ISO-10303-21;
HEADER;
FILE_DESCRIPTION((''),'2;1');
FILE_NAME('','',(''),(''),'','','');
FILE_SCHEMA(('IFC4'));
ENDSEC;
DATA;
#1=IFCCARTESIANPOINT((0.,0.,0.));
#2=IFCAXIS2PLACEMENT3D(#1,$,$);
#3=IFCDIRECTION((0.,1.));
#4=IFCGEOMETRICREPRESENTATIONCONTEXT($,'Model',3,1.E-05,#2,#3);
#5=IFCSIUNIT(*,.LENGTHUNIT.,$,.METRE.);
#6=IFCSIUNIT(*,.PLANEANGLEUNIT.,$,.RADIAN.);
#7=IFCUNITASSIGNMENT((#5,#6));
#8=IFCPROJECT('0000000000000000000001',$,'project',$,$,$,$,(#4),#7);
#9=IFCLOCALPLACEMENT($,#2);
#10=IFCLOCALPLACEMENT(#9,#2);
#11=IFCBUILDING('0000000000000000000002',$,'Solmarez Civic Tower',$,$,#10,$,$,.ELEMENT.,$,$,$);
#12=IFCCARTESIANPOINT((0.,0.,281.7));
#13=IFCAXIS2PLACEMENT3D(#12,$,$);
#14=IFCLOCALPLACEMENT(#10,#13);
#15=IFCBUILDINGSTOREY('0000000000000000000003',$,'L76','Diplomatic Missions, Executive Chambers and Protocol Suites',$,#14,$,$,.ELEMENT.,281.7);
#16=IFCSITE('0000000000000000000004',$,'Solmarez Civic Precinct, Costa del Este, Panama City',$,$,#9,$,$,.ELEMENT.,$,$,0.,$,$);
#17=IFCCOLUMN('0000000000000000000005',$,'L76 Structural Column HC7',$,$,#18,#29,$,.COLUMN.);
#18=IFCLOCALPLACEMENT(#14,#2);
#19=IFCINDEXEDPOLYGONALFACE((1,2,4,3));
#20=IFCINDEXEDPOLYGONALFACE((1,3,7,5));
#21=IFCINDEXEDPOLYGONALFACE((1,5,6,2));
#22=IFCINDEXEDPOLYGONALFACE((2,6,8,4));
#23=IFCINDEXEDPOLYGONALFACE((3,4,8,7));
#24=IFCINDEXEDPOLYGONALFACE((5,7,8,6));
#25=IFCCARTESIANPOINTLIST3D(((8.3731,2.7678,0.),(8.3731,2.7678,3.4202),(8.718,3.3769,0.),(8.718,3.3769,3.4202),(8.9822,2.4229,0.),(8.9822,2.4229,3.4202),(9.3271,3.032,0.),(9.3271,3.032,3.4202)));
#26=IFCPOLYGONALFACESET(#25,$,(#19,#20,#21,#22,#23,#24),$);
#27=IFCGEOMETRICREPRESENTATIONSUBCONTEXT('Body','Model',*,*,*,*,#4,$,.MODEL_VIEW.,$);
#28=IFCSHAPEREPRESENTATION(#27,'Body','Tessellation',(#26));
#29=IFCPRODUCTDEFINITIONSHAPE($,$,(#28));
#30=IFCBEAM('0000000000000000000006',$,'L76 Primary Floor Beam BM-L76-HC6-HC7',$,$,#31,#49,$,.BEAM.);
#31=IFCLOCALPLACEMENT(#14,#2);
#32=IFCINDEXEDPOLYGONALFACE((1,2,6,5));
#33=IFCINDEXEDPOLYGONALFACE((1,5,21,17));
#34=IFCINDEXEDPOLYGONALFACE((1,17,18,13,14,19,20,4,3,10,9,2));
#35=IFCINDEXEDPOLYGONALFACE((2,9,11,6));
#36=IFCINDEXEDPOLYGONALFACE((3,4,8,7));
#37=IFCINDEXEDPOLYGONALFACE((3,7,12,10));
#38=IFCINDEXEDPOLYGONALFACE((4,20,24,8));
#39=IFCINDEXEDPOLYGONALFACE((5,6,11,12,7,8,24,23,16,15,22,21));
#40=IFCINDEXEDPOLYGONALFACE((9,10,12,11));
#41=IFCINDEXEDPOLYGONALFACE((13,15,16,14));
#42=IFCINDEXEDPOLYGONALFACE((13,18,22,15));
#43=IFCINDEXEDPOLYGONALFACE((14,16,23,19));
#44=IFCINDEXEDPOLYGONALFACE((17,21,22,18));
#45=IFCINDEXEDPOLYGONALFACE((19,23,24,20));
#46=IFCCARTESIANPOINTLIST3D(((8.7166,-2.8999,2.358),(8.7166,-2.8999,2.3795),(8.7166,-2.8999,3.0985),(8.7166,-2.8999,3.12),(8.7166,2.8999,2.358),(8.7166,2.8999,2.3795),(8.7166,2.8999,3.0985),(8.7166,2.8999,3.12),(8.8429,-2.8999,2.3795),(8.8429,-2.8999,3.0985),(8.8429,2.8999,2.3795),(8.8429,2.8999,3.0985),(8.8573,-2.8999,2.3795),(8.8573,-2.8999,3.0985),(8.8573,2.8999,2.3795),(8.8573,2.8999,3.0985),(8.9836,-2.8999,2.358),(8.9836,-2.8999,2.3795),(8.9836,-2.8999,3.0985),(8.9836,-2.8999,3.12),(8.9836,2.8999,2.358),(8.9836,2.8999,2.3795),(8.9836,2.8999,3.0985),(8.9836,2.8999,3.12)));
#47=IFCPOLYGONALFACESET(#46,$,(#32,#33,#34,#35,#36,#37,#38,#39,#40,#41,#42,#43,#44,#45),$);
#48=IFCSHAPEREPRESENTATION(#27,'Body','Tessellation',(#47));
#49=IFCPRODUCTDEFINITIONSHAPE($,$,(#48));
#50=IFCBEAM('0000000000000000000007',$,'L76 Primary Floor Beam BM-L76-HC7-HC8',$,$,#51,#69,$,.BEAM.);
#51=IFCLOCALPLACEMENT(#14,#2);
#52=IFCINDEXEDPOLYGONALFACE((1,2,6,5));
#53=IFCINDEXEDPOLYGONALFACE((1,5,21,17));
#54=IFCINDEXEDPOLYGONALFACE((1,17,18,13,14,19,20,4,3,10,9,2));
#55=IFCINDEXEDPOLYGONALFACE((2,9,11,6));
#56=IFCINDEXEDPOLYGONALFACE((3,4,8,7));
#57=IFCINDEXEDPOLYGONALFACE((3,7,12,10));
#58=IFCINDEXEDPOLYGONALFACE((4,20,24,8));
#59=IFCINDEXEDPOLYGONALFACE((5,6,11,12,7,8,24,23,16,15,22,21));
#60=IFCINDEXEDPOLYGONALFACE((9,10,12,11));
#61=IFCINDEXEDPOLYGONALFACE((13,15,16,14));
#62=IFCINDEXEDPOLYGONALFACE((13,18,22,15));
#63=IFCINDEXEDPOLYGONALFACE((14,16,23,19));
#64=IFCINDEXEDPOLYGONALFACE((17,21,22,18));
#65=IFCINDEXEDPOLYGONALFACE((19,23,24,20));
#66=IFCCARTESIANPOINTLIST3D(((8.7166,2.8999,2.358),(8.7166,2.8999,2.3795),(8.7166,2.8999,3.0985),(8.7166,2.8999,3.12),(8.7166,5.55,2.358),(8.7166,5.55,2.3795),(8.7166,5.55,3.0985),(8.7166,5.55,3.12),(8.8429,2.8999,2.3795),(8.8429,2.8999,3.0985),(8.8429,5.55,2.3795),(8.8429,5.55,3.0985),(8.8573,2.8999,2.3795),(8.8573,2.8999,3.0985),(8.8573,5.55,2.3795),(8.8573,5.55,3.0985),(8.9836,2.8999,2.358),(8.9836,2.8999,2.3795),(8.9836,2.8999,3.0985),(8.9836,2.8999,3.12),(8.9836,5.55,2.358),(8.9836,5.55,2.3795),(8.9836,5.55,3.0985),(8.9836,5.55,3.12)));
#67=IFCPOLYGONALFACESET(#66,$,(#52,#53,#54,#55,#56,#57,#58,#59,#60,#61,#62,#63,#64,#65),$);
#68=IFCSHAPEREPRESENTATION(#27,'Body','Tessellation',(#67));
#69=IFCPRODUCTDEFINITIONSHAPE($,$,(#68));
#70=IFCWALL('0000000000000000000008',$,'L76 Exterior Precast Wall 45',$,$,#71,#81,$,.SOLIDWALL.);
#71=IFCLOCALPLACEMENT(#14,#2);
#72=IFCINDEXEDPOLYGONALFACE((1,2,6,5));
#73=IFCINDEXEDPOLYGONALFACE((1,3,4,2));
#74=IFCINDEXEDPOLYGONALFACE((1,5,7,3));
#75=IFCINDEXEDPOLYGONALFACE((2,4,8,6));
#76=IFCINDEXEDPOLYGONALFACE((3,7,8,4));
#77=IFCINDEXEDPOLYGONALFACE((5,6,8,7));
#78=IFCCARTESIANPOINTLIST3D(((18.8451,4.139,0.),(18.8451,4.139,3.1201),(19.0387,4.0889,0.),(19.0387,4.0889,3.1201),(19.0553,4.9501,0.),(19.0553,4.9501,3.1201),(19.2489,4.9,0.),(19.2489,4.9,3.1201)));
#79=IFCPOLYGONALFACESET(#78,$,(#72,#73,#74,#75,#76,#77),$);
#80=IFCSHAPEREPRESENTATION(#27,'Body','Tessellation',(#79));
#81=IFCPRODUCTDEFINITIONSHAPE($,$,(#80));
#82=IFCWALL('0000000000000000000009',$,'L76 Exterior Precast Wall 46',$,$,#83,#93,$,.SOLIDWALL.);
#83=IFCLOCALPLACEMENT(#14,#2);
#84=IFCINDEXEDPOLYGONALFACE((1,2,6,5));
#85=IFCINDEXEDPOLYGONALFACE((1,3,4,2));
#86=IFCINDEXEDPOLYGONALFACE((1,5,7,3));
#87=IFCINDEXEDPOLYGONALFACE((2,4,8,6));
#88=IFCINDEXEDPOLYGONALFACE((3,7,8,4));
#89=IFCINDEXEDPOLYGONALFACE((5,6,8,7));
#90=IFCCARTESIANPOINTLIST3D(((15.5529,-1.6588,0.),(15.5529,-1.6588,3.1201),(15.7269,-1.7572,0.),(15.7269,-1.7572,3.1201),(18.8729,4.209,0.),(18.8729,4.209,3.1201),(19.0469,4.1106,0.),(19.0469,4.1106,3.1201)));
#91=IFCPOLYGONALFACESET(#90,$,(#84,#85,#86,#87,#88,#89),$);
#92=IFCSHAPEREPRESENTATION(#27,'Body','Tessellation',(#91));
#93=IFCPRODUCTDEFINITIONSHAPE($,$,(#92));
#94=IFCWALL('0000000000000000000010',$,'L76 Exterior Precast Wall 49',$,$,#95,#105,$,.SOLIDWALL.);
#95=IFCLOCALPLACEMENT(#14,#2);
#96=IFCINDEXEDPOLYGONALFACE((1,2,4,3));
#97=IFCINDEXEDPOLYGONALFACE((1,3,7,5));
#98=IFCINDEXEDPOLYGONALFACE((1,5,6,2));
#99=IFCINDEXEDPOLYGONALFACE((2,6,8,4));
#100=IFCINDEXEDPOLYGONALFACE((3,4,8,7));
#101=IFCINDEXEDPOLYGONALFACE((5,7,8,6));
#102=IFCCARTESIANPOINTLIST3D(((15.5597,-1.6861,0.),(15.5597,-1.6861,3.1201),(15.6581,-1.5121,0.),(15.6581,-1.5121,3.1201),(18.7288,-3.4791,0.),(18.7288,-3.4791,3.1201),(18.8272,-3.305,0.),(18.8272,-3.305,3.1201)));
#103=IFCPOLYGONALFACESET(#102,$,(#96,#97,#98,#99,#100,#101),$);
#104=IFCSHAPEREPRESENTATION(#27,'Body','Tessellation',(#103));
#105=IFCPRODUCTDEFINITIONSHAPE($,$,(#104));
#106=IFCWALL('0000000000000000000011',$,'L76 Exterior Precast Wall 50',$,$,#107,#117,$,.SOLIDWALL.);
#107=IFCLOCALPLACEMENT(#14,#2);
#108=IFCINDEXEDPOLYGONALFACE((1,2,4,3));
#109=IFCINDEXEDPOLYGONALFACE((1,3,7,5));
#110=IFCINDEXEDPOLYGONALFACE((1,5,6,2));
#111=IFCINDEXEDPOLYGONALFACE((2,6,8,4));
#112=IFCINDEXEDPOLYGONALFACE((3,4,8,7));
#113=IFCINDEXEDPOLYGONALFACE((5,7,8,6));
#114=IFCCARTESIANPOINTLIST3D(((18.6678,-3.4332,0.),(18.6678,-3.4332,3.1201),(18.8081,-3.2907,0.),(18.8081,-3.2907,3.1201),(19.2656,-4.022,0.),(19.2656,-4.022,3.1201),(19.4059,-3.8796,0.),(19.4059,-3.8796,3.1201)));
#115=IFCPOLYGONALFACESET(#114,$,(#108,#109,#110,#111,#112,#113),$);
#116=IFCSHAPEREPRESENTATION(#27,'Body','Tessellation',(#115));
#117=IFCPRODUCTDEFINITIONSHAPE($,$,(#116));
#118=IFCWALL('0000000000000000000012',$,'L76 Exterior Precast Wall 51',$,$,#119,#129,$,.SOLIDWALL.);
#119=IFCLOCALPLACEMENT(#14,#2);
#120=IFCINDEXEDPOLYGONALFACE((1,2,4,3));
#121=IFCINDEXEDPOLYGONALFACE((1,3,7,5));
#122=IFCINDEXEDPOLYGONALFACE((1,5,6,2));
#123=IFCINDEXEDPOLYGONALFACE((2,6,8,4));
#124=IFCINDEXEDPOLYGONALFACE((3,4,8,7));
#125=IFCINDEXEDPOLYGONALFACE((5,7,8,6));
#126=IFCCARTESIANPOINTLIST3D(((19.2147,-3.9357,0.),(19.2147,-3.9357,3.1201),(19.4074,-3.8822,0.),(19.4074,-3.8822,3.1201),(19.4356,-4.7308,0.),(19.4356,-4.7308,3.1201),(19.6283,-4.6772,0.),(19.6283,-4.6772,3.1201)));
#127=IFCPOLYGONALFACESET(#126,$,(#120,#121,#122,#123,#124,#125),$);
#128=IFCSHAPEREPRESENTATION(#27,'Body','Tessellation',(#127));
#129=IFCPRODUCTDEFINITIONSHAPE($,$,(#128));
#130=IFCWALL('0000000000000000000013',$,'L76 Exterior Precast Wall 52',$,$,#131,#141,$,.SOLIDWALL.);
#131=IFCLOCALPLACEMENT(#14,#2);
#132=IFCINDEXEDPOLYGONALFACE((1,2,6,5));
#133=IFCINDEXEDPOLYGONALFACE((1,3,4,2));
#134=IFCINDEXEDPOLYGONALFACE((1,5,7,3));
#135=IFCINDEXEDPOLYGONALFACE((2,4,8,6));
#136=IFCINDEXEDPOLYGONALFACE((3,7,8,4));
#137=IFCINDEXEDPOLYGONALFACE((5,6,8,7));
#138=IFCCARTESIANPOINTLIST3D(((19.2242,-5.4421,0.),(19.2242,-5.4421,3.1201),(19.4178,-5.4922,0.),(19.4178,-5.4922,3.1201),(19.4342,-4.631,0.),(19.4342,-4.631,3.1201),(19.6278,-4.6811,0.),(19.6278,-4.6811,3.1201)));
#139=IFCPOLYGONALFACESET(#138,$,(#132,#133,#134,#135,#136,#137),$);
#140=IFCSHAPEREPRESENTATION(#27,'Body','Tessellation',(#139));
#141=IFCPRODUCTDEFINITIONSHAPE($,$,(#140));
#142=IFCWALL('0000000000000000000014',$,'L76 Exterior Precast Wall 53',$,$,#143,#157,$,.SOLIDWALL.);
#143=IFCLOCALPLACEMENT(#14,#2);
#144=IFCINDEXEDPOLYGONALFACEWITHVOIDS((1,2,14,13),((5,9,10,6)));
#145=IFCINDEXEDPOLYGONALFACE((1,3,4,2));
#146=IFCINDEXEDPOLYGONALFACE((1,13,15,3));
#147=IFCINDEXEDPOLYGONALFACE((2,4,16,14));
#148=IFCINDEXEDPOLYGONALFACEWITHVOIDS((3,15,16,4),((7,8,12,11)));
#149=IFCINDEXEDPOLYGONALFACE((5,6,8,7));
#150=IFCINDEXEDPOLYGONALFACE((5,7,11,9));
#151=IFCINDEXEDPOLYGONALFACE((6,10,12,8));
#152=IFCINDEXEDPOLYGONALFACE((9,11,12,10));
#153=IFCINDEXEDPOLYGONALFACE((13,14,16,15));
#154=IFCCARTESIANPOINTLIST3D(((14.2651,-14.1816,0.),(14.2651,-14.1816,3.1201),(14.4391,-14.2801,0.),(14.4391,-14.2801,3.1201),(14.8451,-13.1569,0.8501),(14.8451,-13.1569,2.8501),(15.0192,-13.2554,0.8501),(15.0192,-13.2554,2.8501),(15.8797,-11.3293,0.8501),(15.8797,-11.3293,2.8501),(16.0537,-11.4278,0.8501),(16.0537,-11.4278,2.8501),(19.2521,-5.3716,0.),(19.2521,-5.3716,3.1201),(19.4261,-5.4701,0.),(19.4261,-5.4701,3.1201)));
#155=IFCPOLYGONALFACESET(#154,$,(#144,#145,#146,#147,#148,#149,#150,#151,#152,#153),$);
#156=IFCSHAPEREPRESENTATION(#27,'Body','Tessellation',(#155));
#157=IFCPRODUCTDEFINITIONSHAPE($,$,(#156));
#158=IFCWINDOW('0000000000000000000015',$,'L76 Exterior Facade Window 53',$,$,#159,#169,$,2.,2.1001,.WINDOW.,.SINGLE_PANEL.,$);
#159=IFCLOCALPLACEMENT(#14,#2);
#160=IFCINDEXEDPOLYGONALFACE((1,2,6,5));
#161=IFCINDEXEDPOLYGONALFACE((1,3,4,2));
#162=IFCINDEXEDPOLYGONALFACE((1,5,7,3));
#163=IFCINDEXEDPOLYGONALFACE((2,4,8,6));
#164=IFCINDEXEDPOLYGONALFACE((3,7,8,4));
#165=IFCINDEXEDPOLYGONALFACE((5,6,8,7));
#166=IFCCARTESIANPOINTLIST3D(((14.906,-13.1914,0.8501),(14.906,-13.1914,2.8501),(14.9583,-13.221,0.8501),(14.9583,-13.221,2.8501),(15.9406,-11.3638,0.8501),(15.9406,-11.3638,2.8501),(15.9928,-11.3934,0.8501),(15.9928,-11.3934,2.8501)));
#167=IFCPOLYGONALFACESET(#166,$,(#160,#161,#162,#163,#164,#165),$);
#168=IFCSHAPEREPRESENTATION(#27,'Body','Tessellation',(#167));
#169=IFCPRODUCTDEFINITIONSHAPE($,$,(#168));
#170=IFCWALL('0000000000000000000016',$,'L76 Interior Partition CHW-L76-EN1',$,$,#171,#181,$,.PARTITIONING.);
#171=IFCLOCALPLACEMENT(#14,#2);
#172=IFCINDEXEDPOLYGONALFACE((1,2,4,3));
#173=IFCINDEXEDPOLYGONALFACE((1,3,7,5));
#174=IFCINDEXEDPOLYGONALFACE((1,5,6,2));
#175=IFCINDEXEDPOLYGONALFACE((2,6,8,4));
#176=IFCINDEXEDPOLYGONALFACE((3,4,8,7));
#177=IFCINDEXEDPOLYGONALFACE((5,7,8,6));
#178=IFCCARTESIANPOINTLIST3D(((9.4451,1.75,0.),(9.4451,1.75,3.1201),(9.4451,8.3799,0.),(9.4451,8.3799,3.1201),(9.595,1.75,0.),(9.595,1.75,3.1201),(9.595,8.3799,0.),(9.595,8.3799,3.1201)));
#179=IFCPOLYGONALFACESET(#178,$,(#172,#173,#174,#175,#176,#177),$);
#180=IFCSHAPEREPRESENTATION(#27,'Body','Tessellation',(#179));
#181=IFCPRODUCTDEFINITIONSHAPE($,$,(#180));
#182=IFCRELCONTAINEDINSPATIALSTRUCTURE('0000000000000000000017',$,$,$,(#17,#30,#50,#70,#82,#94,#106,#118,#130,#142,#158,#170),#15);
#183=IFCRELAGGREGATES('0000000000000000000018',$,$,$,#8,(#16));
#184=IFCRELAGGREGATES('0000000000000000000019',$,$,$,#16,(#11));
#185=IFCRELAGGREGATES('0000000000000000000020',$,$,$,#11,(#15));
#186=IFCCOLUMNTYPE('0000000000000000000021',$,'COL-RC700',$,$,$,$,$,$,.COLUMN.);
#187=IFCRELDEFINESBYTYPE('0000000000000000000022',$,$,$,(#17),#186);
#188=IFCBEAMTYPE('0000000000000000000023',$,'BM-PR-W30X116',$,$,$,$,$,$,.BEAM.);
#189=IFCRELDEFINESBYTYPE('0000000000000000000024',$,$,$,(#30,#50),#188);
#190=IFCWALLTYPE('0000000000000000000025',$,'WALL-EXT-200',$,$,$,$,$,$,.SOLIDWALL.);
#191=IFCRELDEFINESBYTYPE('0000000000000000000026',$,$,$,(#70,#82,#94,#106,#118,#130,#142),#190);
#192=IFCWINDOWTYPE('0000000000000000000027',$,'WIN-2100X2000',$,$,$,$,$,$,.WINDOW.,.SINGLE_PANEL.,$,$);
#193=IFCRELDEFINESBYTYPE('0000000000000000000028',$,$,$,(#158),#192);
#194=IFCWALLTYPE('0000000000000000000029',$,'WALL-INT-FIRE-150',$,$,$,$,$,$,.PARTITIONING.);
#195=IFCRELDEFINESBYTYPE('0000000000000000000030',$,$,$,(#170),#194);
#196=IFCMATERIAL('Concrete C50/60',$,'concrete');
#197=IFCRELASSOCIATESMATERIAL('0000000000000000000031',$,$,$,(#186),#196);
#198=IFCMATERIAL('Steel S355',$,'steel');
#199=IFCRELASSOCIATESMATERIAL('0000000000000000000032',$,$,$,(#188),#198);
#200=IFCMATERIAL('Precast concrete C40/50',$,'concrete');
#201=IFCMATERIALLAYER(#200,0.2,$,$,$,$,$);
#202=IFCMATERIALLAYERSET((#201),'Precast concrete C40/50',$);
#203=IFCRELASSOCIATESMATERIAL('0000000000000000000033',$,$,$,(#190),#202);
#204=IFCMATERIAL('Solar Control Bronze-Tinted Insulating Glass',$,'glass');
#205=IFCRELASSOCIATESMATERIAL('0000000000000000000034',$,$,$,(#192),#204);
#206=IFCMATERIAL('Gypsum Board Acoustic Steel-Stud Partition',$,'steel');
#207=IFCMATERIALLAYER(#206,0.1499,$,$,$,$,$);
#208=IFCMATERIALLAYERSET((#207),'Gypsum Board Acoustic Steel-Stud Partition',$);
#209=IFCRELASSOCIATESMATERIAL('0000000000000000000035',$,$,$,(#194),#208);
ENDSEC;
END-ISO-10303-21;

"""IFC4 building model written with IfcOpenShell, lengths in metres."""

from ifc_helpers import new_model, si_unit, direction, frame, frame_2d, origin, origin_2d, place, context, subcontext, project, spatial, rectangle, i_section, extrude, material, layer, layer_set, material_profile, profile_set, type_object, element, fill, save


model = new_model("IFC4")

# Units and contexts
model_context = context("Model", 3, precision=1e-05, world=origin(), true_north=direction((0.0, 1.0)))
body_context = subcontext(model_context, "Body", "Model", "MODEL_VIEW")
ifc_project = project(units=[si_unit("LENGTHUNIT", "METRE"), si_unit("PLANEANGLEUNIT", "RADIAN")], contexts=[model_context])

# Site, building, storey
site_placement = place(None, origin())
site = spatial("IfcSite", under=ifc_project, at=site_placement, Name="Solmarez Civic Precinct, Costa del Este, Panama City", CompositionType="ELEMENT", RefElevation=0.0)
building_placement = place(site_placement, origin())
building = spatial("IfcBuilding", under=site, at=building_placement, Name="Solmarez Civic Tower", CompositionType="ELEMENT")
storey_placement = place(building_placement, frame((0.0, 0.0, 281.7)))
storey = spatial("IfcBuildingStorey", under=building, at=storey_placement, Name="L76", Description="Diplomatic Missions, Executive Chambers and Protocol Suites", CompositionType="ELEMENT", Elevation=281.7)

# Column
ifc_material_1 = material(Name="Concrete C50/60", Category="concrete")
ifc_material_profile_1 = material_profile(ifc_material_1, rectangle(XDim=0.7, YDim=0.7, at=origin_2d()), Name="RC700X700")
ifc_profile_set_1 = profile_set([ifc_material_profile_1], Name="Concrete C50/60")
column_type = type_object("IfcColumnType", Name="COL-RC700", PredefinedType="COLUMN", material=ifc_profile_set_1)
column_placement = place(storey_placement, frame((8.8501, 2.8999, 0.0), z_axis=(0.0, 0.0, 1.0), x_axis=(0.492727, 0.870184, 0.0)))
element("IfcColumn", 1, at=column_placement, inside=storey, type_object=column_type, Name="L76 Structural Column HC7", PredefinedType="COLUMN", context=body_context, shape_type="SweptSolid", body=[
    extrude(rectangle(XDim=0.7, YDim=0.7, at=origin_2d()), origin(), (0.0, 0.0, 1.0), 3.4202),
])

# Beams
ifc_material_2 = material(Name="Steel S355", Category="steel")
ifc_material_profile_2 = material_profile(ifc_material_2, i_section(OverallWidth=0.2671, OverallDepth=0.762, WebThickness=0.0144, FlangeThickness=0.0215, at=origin_2d()), Name="W30X116")
ifc_profile_set_2 = profile_set([ifc_material_profile_2], Name="Steel S355")
beam_type = type_object("IfcBeamType", Name="BM-PR-W30X116", PredefinedType="BEAM", material=ifc_profile_set_2)
beam_1_placement = place(storey_placement, frame((8.8501, -2.8999, 2.739), z_axis=(0.0, 1.0, 0.0), x_axis=(-1.0, 0.0, 0.0)))
element("IfcBeam", 2, at=beam_1_placement, inside=storey, type_object=beam_type, Name="L76 Primary Floor Beam BM-L76-HC6-HC7", PredefinedType="BEAM", context=body_context, shape_type="SweptSolid", body=[
    extrude(i_section(OverallWidth=0.2671, OverallDepth=0.762, WebThickness=0.0144, FlangeThickness=0.0215, at=origin_2d()), origin(), (0.0, 0.0, 1.0), 5.7998),
])
beam_2_placement = place(storey_placement, frame((8.8501, 2.8999, 2.739), z_axis=(0.0, 1.0, 0.0), x_axis=(-1.0, 0.0, 0.0)))
element("IfcBeam", 3, at=beam_2_placement, inside=storey, type_object=beam_type, Name="L76 Primary Floor Beam BM-L76-HC7-HC8", PredefinedType="BEAM", context=body_context, shape_type="SweptSolid", body=[
    extrude(i_section(OverallWidth=0.2671, OverallDepth=0.762, WebThickness=0.0144, FlangeThickness=0.0215, at=origin_2d()), origin(), (0.0, 0.0, 1.0), 2.6501),
])

# Walls
ifc_material_3 = material(Name="Precast concrete C40/50", Category="concrete")
ifc_layer_1 = layer(ifc_material_3, 0.2)
ifc_layer_set_1 = layer_set([ifc_layer_1], Name="Precast concrete C40/50")
wall_type_1 = type_object("IfcWallType", Name="WALL-EXT-200", PredefinedType="SOLIDWALL", material=ifc_layer_set_1)
wall_1_placement = place(storey_placement, frame((19.1521, 4.925, 0.0), z_axis=(0.0, 0.0, 1.0), x_axis=(-0.250891, -0.968015, 0.0)))
element("IfcWall", 4, at=wall_1_placement, inside=storey, type_object=wall_type_1, Name="L76 Exterior Precast Wall 45", PredefinedType="SOLIDWALL", context=body_context, shape_type="SweptSolid", body=[
    extrude(rectangle(XDim=0.8379, YDim=0.2, at=frame_2d((0.4189, 0.0))), origin(), (0.0, 0.0, 1.0), 3.1201),
])
wall_2_placement = place(storey_placement, frame((18.96, 4.1599, 0.0), z_axis=(0.0, 0.0, 1.0), x_axis=(-0.492441, -0.870346, 0.0)))
element("IfcWall", 5, at=wall_2_placement, inside=storey, type_object=wall_type_1, Name="L76 Exterior Precast Wall 46", PredefinedType="SOLIDWALL", context=body_context, shape_type="SweptSolid", body=[
    extrude(rectangle(XDim=6.7419, YDim=0.2, at=frame_2d((3.3711, 0.0))), origin(), (0.0, 0.0, 1.0), 3.1201),
])
wall_3_placement = place(storey_placement, frame((15.6089, -1.5991, 0.0), z_axis=(0.0, 0.0, 1.0), x_axis=(0.870364, -0.492409, 0.0)))
element("IfcWall", 6, at=wall_3_placement, inside=storey, type_object=wall_type_1, Name="L76 Exterior Precast Wall 49", PredefinedType="SOLIDWALL", context=body_context, shape_type="SweptSolid", body=[
    extrude(rectangle(XDim=3.6411, YDim=0.2, at=frame_2d((1.8206, 0.0))), origin(), (0.0, 0.0, 1.0), 3.1201),
])
wall_4_placement = place(storey_placement, frame((18.738, -3.3621, 0.0), z_axis=(0.0, 0.0, 1.0), x_axis=(0.712468, -0.701704, 0.0)))
element("IfcWall", 7, at=wall_4_placement, inside=storey, type_object=wall_type_1, Name="L76 Exterior Precast Wall 50", PredefinedType="SOLIDWALL", context=body_context, shape_type="SweptSolid", body=[
    extrude(rectangle(XDim=0.8391, YDim=0.2, at=frame_2d((0.4194, 0.0))), origin(), (0.0, 0.0, 1.0), 3.1201),
])
wall_5_placement = place(storey_placement, frame((19.311, -3.9089, 0.0), z_axis=(0.0, 0.0, 1.0), x_axis=(0.26772, -0.963497, 0.0)))
element("IfcWall", 8, at=wall_5_placement, inside=storey, type_object=wall_type_1, Name="L76 Exterior Precast Wall 51", PredefinedType="SOLIDWALL", context=body_context, shape_type="SweptSolid", body=[
    extrude(rectangle(XDim=0.8252, YDim=0.2, at=frame_2d((0.4126, 0.0))), origin(), (0.0, 0.0, 1.0), 3.1201),
])
wall_6_placement = place(storey_placement, frame((19.531, -4.656, 0.0), z_axis=(0.0, 0.0, 1.0), x_axis=(-0.250618, -0.968086, 0.0)))
element("IfcWall", 9, at=wall_6_placement, inside=storey, type_object=wall_type_1, Name="L76 Exterior Precast Wall 52", PredefinedType="SOLIDWALL", context=body_context, shape_type="SweptSolid", body=[
    extrude(rectangle(XDim=0.8379, YDim=0.2, at=frame_2d((0.4189, 0.0))), origin(), (0.0, 0.0, 1.0), 3.1201),
])

# Wall, opening, window
wall_7_placement = place(storey_placement, frame((19.3391, -5.4209, 0.0), z_axis=(0.0, 0.0, 1.0), x_axis=(-0.492616, -0.870247, 0.0)))
wall_7 = element("IfcWall", 10, at=wall_7_placement, inside=storey, type_object=wall_type_1, Name="L76 Exterior Precast Wall 53", PredefinedType="SOLIDWALL", context=body_context, shape_type="SweptSolid", body=[
    extrude(rectangle(XDim=10.1235, YDim=0.2, at=frame_2d((5.0618, 0.0))), origin(), (0.0, 0.0, 1.0), 3.1201),
])
opening_1_placement = place(wall_7_placement, frame((6.8459, 0.0, 0.8501)))
opening_1 = element("IfcOpeningElement", 11, at=opening_1_placement, cuts=wall_7, PredefinedType="OPENING", context=body_context, shape_type="SweptSolid", body=[
    extrude(rectangle(XDim=2.1001, YDim=2.0, at=frame_2d((1.05, 1.0))), frame((0.0, 0.1099, 0.0), z_axis=(0.0, -1.0, 0.0), x_axis=(1.0, 0.0, 0.0)), (0.0, 0.0, 1.0), 0.22),
])
ifc_material_4 = material(Name="Solar Control Bronze-Tinted Insulating Glass", Category="glass")
window_type = type_object("IfcWindowType", Name="WIN-2100X2000", PartitioningType="SINGLE_PANEL", PredefinedType="WINDOW", material=ifc_material_4)
window_placement = place(opening_1_placement, origin())
window = element("IfcWindow", 12, at=window_placement, inside=storey, type_object=window_type, Name="L76 Exterior Facade Window 53", OverallHeight=2.0, OverallWidth=2.1001, PartitioningType="SINGLE_PANEL", PredefinedType="WINDOW", context=body_context, shape_type="SweptSolid", body=[
    extrude(rectangle(XDim=2.1001, YDim=2.0, at=frame_2d((1.05, 1.0))), frame((0.0, 0.03, 0.0), z_axis=(0.0, -1.0, 0.0), x_axis=(1.0, 0.0, 0.0)), (0.0, 0.0, 1.0), 0.0601),
])
fill(opening_1, window)

# Wall
ifc_material_5 = material(Name="Gypsum Board Acoustic Steel-Stud Partition", Category="steel")
ifc_layer_2 = layer(ifc_material_5, 0.1499)
ifc_layer_set_2 = layer_set([ifc_layer_2], Name="Gypsum Board Acoustic Steel-Stud Partition")
wall_type_2 = type_object("IfcWallType", Name="WALL-INT-FIRE-150", PredefinedType="PARTITIONING", material=ifc_layer_set_2)
wall_8_placement = place(storey_placement, frame((9.52, 1.75, 0.0), z_axis=(0.0, 0.0, 1.0), x_axis=(0.0, 1.0, 0.0)))
element("IfcWall", 13, at=wall_8_placement, inside=storey, type_object=wall_type_2, Name="L76 Interior Partition CHW-L76-EN1", PredefinedType="PARTITIONING", context=body_context, shape_type="SweptSolid", body=[
    extrude(rectangle(XDim=6.6299, YDim=0.1499, at=frame_2d((3.3149, 0.0))), origin(), (0.0, 0.0, 1.0), 3.1201),
])

save(model, "model.ifc")
